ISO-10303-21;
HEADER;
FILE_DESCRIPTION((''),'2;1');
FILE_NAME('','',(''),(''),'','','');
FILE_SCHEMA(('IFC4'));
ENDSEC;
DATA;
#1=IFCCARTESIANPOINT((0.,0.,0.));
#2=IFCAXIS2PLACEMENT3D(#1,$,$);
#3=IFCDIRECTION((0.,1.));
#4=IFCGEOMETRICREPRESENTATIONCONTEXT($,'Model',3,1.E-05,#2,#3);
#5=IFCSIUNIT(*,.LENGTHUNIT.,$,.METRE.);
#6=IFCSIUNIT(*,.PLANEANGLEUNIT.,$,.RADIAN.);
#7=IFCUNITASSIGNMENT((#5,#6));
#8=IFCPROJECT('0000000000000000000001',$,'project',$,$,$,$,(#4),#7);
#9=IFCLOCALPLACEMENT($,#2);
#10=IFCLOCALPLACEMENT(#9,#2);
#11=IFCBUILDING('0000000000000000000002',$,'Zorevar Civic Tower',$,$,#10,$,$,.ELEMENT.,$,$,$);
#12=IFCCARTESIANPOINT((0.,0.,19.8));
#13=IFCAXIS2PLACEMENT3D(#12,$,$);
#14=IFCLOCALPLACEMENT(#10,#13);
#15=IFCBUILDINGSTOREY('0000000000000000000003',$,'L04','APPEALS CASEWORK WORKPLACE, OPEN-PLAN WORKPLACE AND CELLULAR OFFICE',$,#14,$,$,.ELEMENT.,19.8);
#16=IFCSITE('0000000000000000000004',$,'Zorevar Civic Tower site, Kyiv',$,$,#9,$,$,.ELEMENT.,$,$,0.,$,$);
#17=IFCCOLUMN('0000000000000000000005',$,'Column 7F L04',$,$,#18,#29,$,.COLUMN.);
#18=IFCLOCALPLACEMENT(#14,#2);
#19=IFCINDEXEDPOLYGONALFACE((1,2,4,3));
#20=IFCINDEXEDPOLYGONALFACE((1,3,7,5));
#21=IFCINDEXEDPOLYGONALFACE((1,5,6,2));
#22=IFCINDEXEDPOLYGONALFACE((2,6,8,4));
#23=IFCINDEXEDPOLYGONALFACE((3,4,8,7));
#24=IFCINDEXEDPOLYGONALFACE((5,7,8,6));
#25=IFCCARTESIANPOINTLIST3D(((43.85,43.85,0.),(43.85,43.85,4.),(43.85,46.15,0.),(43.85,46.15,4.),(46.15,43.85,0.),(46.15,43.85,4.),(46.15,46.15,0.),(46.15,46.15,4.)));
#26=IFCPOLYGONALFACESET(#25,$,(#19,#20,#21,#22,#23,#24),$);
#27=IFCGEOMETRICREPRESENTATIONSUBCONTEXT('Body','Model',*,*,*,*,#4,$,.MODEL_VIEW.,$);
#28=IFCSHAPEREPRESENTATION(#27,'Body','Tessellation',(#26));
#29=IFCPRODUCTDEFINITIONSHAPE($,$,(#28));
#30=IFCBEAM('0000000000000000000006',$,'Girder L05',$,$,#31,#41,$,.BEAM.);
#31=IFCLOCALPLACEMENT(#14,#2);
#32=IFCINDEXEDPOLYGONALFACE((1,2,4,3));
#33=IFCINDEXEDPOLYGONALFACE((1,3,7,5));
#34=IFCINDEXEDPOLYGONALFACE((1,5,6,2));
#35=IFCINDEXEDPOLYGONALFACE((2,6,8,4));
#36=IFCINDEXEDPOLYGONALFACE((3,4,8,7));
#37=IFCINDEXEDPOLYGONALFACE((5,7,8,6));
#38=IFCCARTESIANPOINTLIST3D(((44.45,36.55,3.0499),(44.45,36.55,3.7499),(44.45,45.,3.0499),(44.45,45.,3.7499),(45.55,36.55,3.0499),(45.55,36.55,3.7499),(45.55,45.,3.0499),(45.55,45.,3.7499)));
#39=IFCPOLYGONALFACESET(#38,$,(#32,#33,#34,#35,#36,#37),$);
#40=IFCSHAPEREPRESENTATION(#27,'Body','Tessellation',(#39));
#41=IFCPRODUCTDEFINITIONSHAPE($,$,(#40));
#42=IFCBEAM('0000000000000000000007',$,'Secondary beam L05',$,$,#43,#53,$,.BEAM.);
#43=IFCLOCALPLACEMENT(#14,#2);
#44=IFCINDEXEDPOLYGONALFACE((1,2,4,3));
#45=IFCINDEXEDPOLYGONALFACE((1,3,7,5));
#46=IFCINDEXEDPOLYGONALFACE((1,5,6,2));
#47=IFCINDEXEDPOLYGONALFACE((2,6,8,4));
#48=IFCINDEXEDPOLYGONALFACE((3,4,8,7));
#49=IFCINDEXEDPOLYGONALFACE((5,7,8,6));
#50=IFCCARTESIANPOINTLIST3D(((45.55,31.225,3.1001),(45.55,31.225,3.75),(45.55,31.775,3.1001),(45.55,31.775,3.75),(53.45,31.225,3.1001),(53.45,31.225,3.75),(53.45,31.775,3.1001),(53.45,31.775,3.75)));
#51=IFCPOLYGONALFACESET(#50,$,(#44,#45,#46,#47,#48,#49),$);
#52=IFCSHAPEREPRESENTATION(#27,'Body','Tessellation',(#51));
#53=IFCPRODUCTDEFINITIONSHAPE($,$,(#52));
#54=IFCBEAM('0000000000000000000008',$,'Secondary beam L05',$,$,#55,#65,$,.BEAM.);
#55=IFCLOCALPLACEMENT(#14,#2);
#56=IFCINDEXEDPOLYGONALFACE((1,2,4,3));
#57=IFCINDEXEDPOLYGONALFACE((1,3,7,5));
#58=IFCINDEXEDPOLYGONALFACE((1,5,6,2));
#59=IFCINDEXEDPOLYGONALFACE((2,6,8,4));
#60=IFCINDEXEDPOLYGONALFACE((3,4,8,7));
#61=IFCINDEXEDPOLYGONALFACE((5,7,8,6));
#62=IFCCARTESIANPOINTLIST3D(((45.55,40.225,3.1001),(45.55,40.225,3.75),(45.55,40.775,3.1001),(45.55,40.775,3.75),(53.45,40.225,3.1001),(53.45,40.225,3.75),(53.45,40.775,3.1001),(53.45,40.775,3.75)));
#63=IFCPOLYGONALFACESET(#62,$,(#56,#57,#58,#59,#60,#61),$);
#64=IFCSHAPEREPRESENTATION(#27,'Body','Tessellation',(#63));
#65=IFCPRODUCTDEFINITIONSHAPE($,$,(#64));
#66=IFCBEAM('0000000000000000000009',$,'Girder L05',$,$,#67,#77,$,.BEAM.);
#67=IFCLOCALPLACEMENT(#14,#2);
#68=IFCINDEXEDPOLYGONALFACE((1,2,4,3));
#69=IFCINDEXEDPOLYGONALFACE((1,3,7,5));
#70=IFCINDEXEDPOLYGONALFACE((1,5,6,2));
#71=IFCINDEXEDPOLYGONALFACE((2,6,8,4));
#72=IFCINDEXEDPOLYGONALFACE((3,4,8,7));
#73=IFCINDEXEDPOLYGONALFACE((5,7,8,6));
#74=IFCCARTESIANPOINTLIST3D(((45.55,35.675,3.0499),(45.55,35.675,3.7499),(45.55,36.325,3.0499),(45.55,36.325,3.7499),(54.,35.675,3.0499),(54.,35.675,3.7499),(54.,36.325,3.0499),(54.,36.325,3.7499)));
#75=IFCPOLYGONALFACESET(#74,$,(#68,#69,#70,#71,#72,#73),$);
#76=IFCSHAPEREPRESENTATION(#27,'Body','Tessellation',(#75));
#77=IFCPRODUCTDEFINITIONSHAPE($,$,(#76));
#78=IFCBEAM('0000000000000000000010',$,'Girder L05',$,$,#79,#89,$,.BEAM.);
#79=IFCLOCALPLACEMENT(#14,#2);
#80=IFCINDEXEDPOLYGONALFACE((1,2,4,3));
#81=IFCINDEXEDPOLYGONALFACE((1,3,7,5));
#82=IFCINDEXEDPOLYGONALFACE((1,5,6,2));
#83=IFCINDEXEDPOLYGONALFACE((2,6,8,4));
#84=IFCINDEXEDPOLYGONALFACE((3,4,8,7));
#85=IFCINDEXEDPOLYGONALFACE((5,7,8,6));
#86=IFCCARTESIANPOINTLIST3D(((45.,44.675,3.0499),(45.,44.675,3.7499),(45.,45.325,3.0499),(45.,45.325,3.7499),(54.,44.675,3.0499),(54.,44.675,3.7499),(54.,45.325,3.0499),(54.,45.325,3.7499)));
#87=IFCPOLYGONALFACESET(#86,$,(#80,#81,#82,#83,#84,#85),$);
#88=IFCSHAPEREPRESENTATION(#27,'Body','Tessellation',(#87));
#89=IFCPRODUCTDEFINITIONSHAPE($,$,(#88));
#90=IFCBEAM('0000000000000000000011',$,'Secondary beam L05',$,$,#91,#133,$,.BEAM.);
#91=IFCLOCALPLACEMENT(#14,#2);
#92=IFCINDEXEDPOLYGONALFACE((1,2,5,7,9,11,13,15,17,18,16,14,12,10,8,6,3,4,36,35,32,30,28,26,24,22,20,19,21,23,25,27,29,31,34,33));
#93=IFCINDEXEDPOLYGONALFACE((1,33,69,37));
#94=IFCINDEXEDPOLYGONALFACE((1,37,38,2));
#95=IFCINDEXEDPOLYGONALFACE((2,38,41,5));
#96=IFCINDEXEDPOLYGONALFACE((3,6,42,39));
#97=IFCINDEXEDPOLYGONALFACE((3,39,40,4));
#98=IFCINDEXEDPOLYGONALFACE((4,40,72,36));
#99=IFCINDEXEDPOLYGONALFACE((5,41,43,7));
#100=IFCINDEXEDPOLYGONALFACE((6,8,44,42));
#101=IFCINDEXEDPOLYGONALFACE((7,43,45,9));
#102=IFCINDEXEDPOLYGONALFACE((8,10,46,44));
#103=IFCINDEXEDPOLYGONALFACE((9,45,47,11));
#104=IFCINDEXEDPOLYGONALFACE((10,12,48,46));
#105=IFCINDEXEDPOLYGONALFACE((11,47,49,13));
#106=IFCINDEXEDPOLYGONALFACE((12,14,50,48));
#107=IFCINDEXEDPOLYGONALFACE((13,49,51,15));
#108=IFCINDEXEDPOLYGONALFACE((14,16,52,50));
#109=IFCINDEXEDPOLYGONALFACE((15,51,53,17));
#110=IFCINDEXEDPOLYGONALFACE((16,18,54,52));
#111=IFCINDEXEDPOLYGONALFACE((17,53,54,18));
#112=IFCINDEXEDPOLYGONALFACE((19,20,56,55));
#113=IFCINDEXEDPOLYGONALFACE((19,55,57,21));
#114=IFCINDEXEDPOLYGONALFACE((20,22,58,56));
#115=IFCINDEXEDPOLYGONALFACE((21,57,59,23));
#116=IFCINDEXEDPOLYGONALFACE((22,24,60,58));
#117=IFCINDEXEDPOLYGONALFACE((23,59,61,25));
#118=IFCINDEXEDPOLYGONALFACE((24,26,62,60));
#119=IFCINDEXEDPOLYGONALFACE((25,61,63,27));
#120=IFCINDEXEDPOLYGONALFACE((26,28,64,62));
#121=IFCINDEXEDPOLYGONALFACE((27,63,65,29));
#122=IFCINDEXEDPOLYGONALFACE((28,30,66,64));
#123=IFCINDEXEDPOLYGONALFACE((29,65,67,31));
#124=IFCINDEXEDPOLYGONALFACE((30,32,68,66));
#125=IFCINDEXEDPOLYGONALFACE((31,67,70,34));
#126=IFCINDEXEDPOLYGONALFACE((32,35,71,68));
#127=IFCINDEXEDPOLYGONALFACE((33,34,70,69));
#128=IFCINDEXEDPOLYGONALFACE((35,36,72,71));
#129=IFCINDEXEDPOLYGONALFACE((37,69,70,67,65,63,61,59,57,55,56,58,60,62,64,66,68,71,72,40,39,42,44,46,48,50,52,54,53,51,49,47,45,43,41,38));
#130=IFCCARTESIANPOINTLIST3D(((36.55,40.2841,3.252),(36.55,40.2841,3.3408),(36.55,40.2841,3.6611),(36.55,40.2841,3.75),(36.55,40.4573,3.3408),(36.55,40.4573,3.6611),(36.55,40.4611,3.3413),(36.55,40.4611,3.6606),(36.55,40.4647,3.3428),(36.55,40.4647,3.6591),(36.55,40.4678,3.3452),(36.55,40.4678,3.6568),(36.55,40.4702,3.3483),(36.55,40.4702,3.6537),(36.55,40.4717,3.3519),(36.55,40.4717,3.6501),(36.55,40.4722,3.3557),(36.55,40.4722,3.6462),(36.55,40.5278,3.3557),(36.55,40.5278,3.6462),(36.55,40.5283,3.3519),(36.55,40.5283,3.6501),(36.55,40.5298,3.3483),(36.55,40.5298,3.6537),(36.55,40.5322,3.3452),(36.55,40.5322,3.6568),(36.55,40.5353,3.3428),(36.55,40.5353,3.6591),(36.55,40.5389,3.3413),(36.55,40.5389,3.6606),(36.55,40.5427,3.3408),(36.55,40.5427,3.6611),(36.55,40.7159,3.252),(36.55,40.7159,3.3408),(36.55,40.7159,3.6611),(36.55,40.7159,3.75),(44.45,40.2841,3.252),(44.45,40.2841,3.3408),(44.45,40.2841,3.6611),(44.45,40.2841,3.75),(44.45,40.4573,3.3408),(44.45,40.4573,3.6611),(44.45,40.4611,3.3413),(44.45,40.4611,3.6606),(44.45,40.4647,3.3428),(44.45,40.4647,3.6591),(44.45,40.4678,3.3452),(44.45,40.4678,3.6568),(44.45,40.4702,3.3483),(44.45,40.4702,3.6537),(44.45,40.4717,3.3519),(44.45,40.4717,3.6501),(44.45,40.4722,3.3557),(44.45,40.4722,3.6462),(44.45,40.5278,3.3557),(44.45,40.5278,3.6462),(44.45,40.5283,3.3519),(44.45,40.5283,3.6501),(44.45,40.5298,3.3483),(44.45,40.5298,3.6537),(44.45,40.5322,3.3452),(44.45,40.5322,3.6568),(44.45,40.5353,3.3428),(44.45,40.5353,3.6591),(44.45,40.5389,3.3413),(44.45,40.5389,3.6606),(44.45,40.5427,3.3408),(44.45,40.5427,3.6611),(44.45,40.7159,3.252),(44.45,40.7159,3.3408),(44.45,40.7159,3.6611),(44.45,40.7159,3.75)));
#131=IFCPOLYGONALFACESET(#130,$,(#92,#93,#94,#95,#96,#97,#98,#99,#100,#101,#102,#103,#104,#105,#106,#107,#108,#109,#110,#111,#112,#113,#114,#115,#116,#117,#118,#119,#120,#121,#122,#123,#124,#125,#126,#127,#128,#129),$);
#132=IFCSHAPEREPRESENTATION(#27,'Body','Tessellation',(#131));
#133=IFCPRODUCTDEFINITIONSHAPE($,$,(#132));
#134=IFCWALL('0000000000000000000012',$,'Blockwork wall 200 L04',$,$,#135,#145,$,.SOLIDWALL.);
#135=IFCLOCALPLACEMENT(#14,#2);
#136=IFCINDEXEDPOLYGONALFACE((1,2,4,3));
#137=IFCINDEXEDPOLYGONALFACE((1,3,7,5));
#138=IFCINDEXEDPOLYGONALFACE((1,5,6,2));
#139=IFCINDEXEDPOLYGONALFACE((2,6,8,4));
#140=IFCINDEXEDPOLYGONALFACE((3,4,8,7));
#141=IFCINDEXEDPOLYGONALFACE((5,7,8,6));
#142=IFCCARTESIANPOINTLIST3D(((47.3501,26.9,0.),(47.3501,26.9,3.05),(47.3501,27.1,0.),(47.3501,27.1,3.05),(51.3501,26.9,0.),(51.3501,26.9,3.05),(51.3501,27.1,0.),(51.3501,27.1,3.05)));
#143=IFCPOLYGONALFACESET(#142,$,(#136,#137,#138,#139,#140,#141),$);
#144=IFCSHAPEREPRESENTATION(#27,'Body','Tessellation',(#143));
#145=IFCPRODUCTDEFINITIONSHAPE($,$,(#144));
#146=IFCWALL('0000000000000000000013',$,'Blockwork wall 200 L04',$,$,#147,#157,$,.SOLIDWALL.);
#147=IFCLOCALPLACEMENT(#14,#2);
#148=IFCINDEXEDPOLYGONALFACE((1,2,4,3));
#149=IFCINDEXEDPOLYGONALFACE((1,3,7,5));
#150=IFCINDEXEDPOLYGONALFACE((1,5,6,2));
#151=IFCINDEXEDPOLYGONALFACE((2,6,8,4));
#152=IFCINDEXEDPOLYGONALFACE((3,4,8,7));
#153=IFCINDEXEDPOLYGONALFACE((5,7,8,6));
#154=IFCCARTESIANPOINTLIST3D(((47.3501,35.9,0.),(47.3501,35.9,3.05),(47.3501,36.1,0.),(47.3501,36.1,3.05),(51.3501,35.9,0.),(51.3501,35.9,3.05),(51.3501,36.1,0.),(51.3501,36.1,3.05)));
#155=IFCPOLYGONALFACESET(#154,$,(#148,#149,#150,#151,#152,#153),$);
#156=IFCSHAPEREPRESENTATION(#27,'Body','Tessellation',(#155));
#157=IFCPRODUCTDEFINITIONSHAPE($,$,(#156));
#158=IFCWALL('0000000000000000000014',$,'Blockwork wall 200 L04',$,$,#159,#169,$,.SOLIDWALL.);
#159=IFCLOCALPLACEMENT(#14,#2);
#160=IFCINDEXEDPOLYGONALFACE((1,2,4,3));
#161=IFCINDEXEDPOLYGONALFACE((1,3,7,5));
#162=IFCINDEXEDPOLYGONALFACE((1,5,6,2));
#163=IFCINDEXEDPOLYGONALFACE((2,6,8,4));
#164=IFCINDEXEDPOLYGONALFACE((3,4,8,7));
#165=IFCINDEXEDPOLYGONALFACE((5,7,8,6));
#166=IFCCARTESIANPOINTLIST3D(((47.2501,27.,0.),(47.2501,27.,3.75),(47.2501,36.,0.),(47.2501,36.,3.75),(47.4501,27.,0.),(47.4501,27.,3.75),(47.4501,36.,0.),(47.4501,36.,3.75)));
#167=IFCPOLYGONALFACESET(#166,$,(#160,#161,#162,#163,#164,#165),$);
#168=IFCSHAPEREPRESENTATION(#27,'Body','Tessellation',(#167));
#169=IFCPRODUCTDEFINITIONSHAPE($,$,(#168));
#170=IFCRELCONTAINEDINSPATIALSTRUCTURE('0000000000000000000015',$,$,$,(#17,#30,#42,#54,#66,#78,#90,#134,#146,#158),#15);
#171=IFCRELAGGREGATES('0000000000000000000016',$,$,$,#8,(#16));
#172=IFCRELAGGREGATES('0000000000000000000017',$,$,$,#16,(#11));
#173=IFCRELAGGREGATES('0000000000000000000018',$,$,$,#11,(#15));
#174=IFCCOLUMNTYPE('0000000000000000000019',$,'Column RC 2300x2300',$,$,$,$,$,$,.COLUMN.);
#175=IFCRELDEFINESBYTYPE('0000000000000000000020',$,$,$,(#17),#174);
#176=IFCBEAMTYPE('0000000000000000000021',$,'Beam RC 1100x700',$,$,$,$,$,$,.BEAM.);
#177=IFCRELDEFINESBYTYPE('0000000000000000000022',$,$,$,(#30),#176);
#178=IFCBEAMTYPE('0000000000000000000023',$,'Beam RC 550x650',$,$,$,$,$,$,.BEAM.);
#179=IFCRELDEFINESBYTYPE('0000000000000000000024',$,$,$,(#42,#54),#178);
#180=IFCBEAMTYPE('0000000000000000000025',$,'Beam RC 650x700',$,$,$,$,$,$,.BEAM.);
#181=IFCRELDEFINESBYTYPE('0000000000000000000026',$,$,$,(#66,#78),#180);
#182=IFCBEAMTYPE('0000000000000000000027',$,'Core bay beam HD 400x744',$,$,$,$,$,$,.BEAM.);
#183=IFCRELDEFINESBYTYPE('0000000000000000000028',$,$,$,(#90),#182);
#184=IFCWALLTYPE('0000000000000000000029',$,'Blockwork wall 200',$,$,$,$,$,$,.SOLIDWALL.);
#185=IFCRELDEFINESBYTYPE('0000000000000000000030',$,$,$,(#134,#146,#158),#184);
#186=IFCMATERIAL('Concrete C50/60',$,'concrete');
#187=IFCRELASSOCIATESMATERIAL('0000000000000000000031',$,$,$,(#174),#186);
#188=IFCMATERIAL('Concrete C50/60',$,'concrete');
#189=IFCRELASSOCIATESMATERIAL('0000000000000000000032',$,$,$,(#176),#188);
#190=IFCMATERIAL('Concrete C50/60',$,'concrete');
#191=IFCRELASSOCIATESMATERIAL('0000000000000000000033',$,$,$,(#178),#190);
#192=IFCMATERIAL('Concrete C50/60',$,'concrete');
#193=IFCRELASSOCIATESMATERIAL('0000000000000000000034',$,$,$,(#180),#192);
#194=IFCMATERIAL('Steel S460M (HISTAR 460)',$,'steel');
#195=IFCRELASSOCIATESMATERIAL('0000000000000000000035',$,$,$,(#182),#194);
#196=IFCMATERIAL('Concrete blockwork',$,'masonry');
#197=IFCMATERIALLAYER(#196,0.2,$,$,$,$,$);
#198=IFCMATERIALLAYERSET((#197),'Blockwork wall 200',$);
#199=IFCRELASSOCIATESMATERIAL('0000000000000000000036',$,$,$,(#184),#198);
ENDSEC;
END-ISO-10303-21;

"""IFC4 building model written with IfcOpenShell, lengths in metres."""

from ifc_helpers import new_model, si_unit, direction, frame, frame_2d, origin, origin_2d, place, context, subcontext, project, spatial, rectangle, i_section, extrude, material, layer, layer_set, material_profile, profile_set, type_object, element, save


model = new_model("IFC4")

# Units and contexts
model_context = context("Model", 3, precision=1e-05, world=origin(), true_north=direction((0.0, 1.0)))
body_context = subcontext(model_context, "Body", "Model", "MODEL_VIEW")
ifc_project = project(units=[si_unit("LENGTHUNIT", "METRE"), si_unit("PLANEANGLEUNIT", "RADIAN")], contexts=[model_context])

# Site, building, storey
site_placement = place(None, origin())
site = spatial("IfcSite", under=ifc_project, at=site_placement, Name="Zorevar Civic Tower site, Kyiv", CompositionType="ELEMENT", RefElevation=0.0)
building_placement = place(site_placement, origin())
building = spatial("IfcBuilding", under=site, at=building_placement, Name="Zorevar Civic Tower", CompositionType="ELEMENT")
storey_placement = place(building_placement, frame((0.0, 0.0, 19.8)))
storey = spatial("IfcBuildingStorey", under=building, at=storey_placement, Name="L04", Description="APPEALS CASEWORK WORKPLACE, OPEN-PLAN WORKPLACE AND CELLULAR OFFICE", CompositionType="ELEMENT", Elevation=19.8)

# Column
ifc_material_1 = material(Name="Concrete C50/60", Category="concrete")
ifc_material_profile_1 = material_profile(ifc_material_1, rectangle(XDim=2.3, YDim=2.3, at=origin_2d()), Name="RC 2300x2300")
ifc_profile_set_1 = profile_set([ifc_material_profile_1], Name="Concrete C50/60")
column_type = type_object("IfcColumnType", Name="Column RC 2300x2300", PredefinedType="COLUMN", material=ifc_profile_set_1)
column_placement = place(storey_placement, frame((45.0, 45.0, 0.0), z_axis=(0.0, 0.0, 1.0), x_axis=(1.0, 0.0, 0.0)))
element("IfcColumn", 1, at=column_placement, inside=storey, type_object=column_type, Name="Column 7F L04", PredefinedType="COLUMN", context=body_context, shape_type="SweptSolid", body=[
    extrude(rectangle(XDim=2.3, YDim=2.3, at=origin_2d()), origin(), (0.0, 0.0, 1.0), 4.0),
])

# Beams
ifc_material_2 = material(Name="Concrete C50/60", Category="concrete")
ifc_material_profile_2 = material_profile(ifc_material_2, rectangle(XDim=1.1001, YDim=0.7, at=origin_2d()), Name="RC 1100x700")
ifc_profile_set_2 = profile_set([ifc_material_profile_2], Name="Concrete C50/60")
beam_type_1 = type_object("IfcBeamType", Name="Beam RC 1100x700", PredefinedType="BEAM", material=ifc_profile_set_2)
beam_1_placement = place(storey_placement, frame((45.0, 36.55, 3.3999), z_axis=(0.0, 1.0, 0.0), x_axis=(-1.0, 0.0, 0.0)))
element("IfcBeam", 2, at=beam_1_placement, inside=storey, type_object=beam_type_1, Name="Girder L05", PredefinedType="BEAM", context=body_context, shape_type="SweptSolid", body=[
    extrude(rectangle(XDim=1.1001, YDim=0.7, at=origin_2d()), origin(), (0.0, 0.0, 1.0), 8.45),
])
ifc_material_3 = material(Name="Concrete C50/60", Category="concrete")
ifc_material_profile_3 = material_profile(ifc_material_3, rectangle(XDim=0.55, YDim=0.6499, at=origin_2d()), Name="RC 550x650")
ifc_profile_set_3 = profile_set([ifc_material_profile_3], Name="Concrete C50/60")
beam_type_2 = type_object("IfcBeamType", Name="Beam RC 550x650", PredefinedType="BEAM", material=ifc_profile_set_3)
for number, where, z_axis, x_axis, name in (
    (3, (45.55, 31.5, 3.425), (1.0, 0.0, 0.0), (0.0, 1.0, 0.0), "Secondary beam L05"),
    (4, (45.55, 40.5, 3.425), (1.0, 0.0, 0.0), (0.0, 1.0, 0.0), "Secondary beam L05"),
):
    element("IfcBeam", number, at=place(storey_placement, frame(where, z_axis=z_axis, x_axis=x_axis)), inside=storey, type_object=beam_type_2, Name=name, PredefinedType="BEAM", context=body_context, shape_type="SweptSolid", body=[
        extrude(rectangle(XDim=0.55, YDim=0.6499, at=origin_2d()), origin(), (0.0, 0.0, 1.0), 7.8999),
    ])
ifc_material_4 = material(Name="Concrete C50/60", Category="concrete")
ifc_material_profile_4 = material_profile(ifc_material_4, rectangle(XDim=0.6499, YDim=0.7, at=origin_2d()), Name="RC 650x700")
ifc_profile_set_4 = profile_set([ifc_material_profile_4], Name="Concrete C50/60")
beam_type_3 = type_object("IfcBeamType", Name="Beam RC 650x700", PredefinedType="BEAM", material=ifc_profile_set_4)
beam_2_placement = place(storey_placement, frame((45.55, 36.0, 3.3999), z_axis=(1.0, 0.0, 0.0), x_axis=(0.0, 1.0, 0.0)))
element("IfcBeam", 5, at=beam_2_placement, inside=storey, type_object=beam_type_3, Name="Girder L05", PredefinedType="BEAM", context=body_context, shape_type="SweptSolid", body=[
    extrude(rectangle(XDim=0.6499, YDim=0.7, at=origin_2d()), origin(), (0.0, 0.0, 1.0), 8.45),
])
beam_3_placement = place(storey_placement, frame((45.0, 45.0, 3.3999), z_axis=(1.0, 0.0, 0.0), x_axis=(0.0, 1.0, 0.0)))
element("IfcBeam", 6, at=beam_3_placement, inside=storey, type_object=beam_type_3, Name="Girder L05", PredefinedType="BEAM", context=body_context, shape_type="SweptSolid", body=[
    extrude(rectangle(XDim=0.6499, YDim=0.7, at=origin_2d()), origin(), (0.0, 0.0, 1.0), 9.0),
])
ifc_material_5 = material(Name="Steel S460M (HISTAR 460)", Category="steel")
ifc_material_profile_5 = material_profile(ifc_material_5, i_section(OverallWidth=0.4319, OverallDepth=0.498, WebThickness=0.0557, FlangeThickness=0.0889, FilletRadius=0.0149, at=origin_2d()), Name="HD 400x744")
ifc_profile_set_5 = profile_set([ifc_material_profile_5], Name="Steel S460M (HISTAR 460)")
beam_type_4 = type_object("IfcBeamType", Name="Core bay beam HD 400x744", PredefinedType="BEAM", material=ifc_profile_set_5)
beam_4_placement = place(storey_placement, frame((36.55, 40.5, 3.501), z_axis=(1.0, 0.0, 0.0), x_axis=(0.0, 1.0, 0.0)))
element("IfcBeam", 7, at=beam_4_placement, inside=storey, type_object=beam_type_4, Name="Secondary beam L05", PredefinedType="BEAM", context=body_context, shape_type="SweptSolid", body=[
    extrude(i_section(OverallWidth=0.4319, OverallDepth=0.498, WebThickness=0.0557, FlangeThickness=0.0889, FilletRadius=0.0149, at=origin_2d()), origin(), (0.0, 0.0, 1.0), 7.8999),
])

# Walls
ifc_material_6 = material(Name="Concrete blockwork", Category="masonry")
ifc_layer_1 = layer(ifc_material_6, 0.2)
ifc_layer_set_1 = layer_set([ifc_layer_1], Name="Blockwork wall 200")
wall_type_1 = type_object("IfcWallType", Name="Blockwork wall 200", PredefinedType="SOLIDWALL", material=ifc_layer_set_1)
for number, where, z_axis, x_axis, name in (
    (8, (47.3501, 27.0, 0.0), (0.0, 0.0, 1.0), (1.0, 0.0, 0.0), "Blockwork wall 200 L04"),
    (9, (47.3501, 36.0, 0.0), (0.0, 0.0, 1.0), (1.0, 0.0, 0.0), "Blockwork wall 200 L04"),
):
    element("IfcWall", number, at=place(storey_placement, frame(where, z_axis=z_axis, x_axis=x_axis)), inside=storey, type_object=wall_type_1, Name=name, PredefinedType="SOLIDWALL", context=body_context, shape_type="SweptSolid", body=[
        extrude(rectangle(XDim=4.0, YDim=0.2, at=frame_2d((2.0, 0.0))), origin(), (0.0, 0.0, 1.0), 3.05),
    ])
wall_1_placement = place(storey_placement, frame((47.3501, 27.0, 0.0), z_axis=(0.0, 0.0, 1.0), x_axis=(0.0, 1.0, 0.0)))
element("IfcWall", 10, at=wall_1_placement, inside=storey, type_object=wall_type_1, Name="Blockwork wall 200 L04", PredefinedType="SOLIDWALL", context=body_context, shape_type="SweptSolid", body=[
    extrude(rectangle(XDim=9.0, YDim=0.2, at=frame_2d((4.5, 0.0))), origin(), (0.0, 0.0, 1.0), 3.75),
])

save(model, "model.ifc")
